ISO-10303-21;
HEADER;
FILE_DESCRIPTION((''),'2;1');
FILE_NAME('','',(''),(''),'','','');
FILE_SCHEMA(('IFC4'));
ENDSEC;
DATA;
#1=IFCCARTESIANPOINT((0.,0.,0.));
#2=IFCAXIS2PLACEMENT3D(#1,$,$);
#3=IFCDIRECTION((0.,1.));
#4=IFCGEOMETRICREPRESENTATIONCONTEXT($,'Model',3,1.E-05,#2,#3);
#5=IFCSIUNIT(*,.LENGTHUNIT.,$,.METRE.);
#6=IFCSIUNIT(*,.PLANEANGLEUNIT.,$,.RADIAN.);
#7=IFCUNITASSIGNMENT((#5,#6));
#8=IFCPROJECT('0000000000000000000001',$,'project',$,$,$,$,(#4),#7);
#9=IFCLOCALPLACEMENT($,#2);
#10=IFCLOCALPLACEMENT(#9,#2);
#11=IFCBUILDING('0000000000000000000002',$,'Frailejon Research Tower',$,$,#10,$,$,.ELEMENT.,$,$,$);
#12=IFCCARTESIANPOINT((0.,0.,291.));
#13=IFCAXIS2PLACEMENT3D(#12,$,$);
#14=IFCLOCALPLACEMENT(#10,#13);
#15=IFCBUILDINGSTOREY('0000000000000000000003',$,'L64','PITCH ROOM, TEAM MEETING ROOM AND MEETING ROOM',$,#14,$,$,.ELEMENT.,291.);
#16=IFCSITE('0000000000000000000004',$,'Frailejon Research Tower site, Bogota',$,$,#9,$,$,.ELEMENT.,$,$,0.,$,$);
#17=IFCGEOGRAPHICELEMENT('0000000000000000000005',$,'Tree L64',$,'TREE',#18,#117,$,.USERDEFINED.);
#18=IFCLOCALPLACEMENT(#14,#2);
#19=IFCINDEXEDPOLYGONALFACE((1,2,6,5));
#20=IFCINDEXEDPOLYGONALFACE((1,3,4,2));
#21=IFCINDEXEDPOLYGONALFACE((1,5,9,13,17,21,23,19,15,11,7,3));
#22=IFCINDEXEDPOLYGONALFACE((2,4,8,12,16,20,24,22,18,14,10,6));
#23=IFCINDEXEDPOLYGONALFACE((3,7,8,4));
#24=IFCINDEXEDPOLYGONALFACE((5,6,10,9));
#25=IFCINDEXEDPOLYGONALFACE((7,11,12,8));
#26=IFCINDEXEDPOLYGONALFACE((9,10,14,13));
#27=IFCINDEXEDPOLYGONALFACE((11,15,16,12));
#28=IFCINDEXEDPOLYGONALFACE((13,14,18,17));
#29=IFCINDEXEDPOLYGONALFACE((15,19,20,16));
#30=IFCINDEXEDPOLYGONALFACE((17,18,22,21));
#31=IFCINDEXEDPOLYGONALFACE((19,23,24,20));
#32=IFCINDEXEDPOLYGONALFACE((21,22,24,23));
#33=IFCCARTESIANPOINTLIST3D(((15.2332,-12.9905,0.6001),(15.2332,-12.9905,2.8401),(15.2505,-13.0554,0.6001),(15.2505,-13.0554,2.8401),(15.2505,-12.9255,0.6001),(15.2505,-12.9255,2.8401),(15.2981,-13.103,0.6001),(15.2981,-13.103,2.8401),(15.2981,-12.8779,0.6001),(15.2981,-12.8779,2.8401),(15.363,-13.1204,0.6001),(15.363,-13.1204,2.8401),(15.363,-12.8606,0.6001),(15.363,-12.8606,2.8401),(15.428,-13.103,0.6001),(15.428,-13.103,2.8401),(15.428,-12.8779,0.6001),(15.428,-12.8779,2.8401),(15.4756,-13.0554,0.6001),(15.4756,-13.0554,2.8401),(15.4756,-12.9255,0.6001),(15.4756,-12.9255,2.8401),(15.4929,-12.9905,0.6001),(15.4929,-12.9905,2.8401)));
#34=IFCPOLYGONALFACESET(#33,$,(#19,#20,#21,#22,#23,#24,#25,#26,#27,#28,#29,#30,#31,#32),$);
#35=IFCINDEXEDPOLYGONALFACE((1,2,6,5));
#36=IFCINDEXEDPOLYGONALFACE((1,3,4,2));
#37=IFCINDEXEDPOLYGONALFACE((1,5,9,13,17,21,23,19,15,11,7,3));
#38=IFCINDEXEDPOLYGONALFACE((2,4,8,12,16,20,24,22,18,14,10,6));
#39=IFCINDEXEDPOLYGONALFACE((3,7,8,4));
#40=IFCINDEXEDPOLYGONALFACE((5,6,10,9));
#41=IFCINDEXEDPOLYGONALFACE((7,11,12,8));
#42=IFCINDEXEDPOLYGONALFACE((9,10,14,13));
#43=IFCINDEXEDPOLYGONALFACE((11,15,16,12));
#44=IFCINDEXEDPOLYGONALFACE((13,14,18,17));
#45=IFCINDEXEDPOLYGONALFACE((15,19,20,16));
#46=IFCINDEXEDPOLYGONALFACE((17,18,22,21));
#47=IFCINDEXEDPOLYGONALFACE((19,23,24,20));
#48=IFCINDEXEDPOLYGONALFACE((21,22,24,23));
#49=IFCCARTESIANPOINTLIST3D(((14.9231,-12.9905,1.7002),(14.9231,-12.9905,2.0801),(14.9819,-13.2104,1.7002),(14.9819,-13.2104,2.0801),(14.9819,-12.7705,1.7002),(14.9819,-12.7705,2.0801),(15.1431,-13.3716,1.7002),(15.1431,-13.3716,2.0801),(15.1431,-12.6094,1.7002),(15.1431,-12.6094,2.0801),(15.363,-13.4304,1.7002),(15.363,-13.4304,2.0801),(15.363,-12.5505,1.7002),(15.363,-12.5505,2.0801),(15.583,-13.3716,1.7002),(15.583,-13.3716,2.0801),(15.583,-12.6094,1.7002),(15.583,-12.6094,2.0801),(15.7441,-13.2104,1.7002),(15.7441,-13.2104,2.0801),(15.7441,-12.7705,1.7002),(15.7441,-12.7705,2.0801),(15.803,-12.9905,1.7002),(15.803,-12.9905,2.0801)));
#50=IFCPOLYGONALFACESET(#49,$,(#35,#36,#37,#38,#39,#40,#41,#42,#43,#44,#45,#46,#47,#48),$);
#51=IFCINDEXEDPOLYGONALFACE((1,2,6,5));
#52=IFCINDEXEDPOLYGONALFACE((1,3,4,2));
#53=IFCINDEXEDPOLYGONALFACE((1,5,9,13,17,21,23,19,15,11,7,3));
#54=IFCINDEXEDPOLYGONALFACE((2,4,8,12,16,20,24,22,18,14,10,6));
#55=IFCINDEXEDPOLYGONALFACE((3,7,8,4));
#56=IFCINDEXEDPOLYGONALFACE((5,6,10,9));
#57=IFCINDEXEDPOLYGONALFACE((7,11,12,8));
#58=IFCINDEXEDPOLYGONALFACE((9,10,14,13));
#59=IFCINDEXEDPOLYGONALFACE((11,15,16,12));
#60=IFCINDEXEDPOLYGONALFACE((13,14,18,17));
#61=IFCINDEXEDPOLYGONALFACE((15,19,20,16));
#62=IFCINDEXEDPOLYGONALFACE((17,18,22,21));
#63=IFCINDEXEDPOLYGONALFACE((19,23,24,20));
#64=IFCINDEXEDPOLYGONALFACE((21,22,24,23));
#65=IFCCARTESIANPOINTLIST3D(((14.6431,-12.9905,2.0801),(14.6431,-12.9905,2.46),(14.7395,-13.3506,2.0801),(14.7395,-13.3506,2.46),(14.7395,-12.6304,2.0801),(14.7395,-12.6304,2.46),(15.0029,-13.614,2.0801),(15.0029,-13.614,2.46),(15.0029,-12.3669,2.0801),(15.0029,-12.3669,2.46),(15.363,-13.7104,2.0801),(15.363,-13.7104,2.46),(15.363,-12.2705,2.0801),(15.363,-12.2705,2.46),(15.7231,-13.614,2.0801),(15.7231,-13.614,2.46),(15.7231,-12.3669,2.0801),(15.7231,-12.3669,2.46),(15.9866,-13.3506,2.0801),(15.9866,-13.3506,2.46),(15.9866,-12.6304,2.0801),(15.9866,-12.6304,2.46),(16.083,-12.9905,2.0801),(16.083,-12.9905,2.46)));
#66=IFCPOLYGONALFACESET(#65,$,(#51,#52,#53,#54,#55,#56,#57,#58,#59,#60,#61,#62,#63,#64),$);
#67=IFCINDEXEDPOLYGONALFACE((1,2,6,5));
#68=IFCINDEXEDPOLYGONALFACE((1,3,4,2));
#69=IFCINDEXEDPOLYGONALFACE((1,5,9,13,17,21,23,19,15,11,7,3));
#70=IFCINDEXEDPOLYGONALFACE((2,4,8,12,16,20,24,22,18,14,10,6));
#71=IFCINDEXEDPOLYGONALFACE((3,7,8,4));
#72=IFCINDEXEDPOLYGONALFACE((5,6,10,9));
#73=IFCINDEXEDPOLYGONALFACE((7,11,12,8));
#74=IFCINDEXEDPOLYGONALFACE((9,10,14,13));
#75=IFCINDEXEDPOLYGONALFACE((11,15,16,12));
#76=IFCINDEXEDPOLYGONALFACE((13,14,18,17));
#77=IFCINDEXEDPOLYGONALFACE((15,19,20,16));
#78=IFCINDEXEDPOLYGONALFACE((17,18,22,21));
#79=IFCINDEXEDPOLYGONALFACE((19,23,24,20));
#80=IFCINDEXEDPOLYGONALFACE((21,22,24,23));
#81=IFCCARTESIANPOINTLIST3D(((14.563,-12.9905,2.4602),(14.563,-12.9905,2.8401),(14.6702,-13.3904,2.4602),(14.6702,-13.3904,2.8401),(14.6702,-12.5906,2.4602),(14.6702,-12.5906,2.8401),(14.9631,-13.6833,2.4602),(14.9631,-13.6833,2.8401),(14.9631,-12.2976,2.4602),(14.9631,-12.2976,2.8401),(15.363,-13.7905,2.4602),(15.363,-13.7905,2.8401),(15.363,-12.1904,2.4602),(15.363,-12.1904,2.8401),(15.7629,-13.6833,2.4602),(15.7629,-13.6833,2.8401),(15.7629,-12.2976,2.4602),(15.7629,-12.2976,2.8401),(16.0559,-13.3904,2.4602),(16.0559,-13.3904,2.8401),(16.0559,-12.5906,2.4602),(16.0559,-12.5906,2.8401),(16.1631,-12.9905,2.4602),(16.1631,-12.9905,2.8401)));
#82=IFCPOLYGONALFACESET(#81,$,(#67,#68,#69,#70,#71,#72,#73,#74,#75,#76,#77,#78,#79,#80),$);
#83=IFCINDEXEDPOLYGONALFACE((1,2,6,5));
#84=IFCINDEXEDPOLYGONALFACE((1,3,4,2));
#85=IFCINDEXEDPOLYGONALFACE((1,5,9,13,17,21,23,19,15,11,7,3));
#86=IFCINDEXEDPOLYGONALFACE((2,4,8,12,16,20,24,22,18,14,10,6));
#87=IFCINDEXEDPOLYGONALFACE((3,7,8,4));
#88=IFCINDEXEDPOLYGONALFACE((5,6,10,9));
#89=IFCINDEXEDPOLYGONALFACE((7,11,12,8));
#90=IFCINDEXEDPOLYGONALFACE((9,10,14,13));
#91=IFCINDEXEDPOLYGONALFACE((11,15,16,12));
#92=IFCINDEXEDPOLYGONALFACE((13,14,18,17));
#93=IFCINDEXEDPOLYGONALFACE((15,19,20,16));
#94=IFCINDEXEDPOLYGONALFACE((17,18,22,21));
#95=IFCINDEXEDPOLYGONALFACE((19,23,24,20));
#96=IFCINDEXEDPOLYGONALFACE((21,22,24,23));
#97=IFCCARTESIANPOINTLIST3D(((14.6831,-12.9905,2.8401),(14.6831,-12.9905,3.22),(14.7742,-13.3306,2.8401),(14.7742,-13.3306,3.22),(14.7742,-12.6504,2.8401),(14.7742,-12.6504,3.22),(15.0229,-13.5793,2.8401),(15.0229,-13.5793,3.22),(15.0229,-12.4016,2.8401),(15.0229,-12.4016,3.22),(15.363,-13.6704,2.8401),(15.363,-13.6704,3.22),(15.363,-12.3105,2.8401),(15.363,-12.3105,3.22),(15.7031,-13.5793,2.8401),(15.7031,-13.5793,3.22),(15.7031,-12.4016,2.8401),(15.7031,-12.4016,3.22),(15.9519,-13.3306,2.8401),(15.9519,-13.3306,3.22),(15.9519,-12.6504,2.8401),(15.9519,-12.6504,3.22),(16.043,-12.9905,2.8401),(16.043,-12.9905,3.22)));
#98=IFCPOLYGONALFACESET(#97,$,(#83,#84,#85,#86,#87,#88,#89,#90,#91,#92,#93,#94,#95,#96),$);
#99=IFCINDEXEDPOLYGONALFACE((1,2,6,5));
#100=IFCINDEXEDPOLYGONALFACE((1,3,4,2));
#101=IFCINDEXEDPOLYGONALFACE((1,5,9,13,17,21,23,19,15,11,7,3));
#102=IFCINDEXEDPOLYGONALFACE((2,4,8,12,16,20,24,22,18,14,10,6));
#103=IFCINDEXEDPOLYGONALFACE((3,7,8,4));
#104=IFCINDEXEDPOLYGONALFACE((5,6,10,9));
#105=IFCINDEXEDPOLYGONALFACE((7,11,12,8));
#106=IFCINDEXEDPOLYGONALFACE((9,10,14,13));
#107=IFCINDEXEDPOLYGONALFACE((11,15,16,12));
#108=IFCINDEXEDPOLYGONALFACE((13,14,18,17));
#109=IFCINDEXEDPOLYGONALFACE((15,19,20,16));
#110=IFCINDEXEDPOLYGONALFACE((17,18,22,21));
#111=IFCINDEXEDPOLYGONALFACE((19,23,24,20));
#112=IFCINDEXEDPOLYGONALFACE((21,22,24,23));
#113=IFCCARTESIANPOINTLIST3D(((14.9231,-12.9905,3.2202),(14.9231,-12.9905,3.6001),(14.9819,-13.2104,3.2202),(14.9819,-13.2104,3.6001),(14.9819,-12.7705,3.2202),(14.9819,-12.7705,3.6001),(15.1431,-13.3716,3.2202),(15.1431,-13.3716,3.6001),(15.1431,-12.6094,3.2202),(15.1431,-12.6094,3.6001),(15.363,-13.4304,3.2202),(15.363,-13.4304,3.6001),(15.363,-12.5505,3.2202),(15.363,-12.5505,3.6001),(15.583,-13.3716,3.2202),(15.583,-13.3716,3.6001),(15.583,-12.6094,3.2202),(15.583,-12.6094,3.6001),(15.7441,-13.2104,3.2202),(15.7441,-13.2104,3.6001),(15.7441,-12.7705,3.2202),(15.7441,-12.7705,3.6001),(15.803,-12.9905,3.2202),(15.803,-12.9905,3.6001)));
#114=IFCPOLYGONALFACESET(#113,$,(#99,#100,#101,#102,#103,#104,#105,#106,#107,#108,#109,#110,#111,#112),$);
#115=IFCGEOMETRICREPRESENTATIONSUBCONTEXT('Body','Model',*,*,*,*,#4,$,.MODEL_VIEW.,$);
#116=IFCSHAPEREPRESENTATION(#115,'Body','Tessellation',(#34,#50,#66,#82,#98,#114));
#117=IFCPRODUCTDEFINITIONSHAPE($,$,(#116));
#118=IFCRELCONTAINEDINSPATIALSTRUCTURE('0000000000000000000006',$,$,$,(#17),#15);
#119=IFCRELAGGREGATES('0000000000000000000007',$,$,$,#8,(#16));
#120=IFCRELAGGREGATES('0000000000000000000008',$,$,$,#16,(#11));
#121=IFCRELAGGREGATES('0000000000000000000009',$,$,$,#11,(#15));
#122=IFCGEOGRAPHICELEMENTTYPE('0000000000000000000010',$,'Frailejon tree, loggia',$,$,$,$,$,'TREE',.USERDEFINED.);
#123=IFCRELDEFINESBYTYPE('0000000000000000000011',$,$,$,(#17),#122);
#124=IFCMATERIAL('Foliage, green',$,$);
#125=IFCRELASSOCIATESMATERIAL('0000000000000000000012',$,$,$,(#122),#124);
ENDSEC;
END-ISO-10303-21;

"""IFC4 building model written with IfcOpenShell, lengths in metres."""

from ifc_helpers import new_model, si_unit, direction, frame, origin, place, context, subcontext, project, spatial, polyline, outline, extrude, material, type_object, element, save


model = new_model("IFC4")

# Units and contexts
model_context = context("Model", 3, precision=1e-05, world=origin(), true_north=direction((0.0, 1.0)))
body_context = subcontext(model_context, "Body", "Model", "MODEL_VIEW")
ifc_project = project(units=[si_unit("LENGTHUNIT", "METRE"), si_unit("PLANEANGLEUNIT", "RADIAN")], contexts=[model_context])

# Site, building, storey
site_placement = place(None, origin())
site = spatial("IfcSite", under=ifc_project, at=site_placement, Name="Frailejon Research Tower site, Bogota", CompositionType="ELEMENT", RefElevation=0.0)
building_placement = place(site_placement, origin())
building = spatial("IfcBuilding", under=site, at=building_placement, Name="Frailejon Research Tower", CompositionType="ELEMENT")
storey_placement = place(building_placement, frame((0.0, 0.0, 291.0)))
storey = spatial("IfcBuildingStorey", under=building, at=storey_placement, Name="L64", Description="PITCH ROOM, TEAM MEETING ROOM AND MEETING ROOM", CompositionType="ELEMENT", Elevation=291.0)

# Geographic element
ifc_material_1 = material(Name="Foliage, green")
geographic_element_type = type_object("IfcGeographicElementType", Name="Frailejon tree, loggia", ElementType="TREE", PredefinedType="USERDEFINED", material=ifc_material_1)
geographic_element_placement = place(storey_placement, frame((15.363, -12.9905, 0.6001)))
element("IfcGeographicElement", 1, at=geographic_element_placement, inside=storey, type_object=geographic_element_type, Name="Tree L64", ObjectType="TREE", PredefinedType="USERDEFINED", context=body_context, shape_type="SweptSolid", body=[
    extrude(outline(polyline([(0.1299, 0.0), (0.1125, 0.0649), (0.0649, 0.1125), (0.0, 0.1299), (-0.0649, 0.1125), (-0.1125, 0.0649), (-0.1299, 0.0), (-0.1125, -0.0649), (-0.0649, -0.1125), (0.0, -0.1299), (0.0649, -0.1125), (0.1125, -0.0649), (0.1299, 0.0)])), origin(), (0.0, 0.0, 1.0), 2.24),
    extrude(outline(polyline([(0.4399, 0.0), (0.3811, 0.22), (0.22, 0.3811), (0.0, 0.4399), (-0.22, 0.3811), (-0.3811, 0.22), (-0.4399, 0.0), (-0.3811, -0.22), (-0.22, -0.3811), (0.0, -0.4399), (0.22, -0.3811), (0.3811, -0.22), (0.4399, 0.0)])), frame((0.0, 0.0, 1.1001)), (0.0, 0.0, 1.0), 0.3799),
    extrude(outline(polyline([(0.72, 0.0), (0.6235, 0.3601), (0.3601, 0.6235), (0.0, 0.72), (-0.3601, 0.6235), (-0.6235, 0.3601), (-0.72, 0.0), (-0.6235, -0.3601), (-0.3601, -0.6235), (0.0, -0.72), (0.3601, -0.6235), (0.6235, -0.3601), (0.72, 0.0)])), frame((0.0, 0.0, 1.48)), (0.0, 0.0, 1.0), 0.3799),
    extrude(outline(polyline([(0.8, 0.0), (0.6929, 0.3999), (0.3999, 0.6929), (0.0, 0.8), (-0.3999, 0.6929), (-0.6929, 0.3999), (-0.8, 0.0), (-0.6929, -0.3999), (-0.3999, -0.6929), (0.0, -0.8), (0.3999, -0.6929), (0.6929, -0.3999), (0.8, 0.0)])), frame((0.0, 0.0, 1.8601)), (0.0, 0.0, 1.0), 0.3799),
    extrude(outline(polyline([(0.6799, 0.0), (0.5889, 0.3401), (0.3401, 0.5889), (0.0, 0.6799), (-0.3401, 0.5889), (-0.5889, 0.3401), (-0.6799, 0.0), (-0.5889, -0.3401), (-0.3401, -0.5889), (0.0, -0.6799), (0.3401, -0.5889), (0.5889, -0.3401), (0.6799, 0.0)])), frame((0.0, 0.0, 2.24)), (0.0, 0.0, 1.0), 0.3799),
    extrude(outline(polyline([(0.4399, 0.0), (0.3811, 0.22), (0.22, 0.3811), (0.0, 0.4399), (-0.22, 0.3811), (-0.3811, 0.22), (-0.4399, 0.0), (-0.3811, -0.22), (-0.22, -0.3811), (0.0, -0.4399), (0.22, -0.3811), (0.3811, -0.22), (0.4399, 0.0)])), frame((0.0, 0.0, 2.6201)), (0.0, 0.0, 1.0), 0.3799),
])

save(model, "model.ifc")
